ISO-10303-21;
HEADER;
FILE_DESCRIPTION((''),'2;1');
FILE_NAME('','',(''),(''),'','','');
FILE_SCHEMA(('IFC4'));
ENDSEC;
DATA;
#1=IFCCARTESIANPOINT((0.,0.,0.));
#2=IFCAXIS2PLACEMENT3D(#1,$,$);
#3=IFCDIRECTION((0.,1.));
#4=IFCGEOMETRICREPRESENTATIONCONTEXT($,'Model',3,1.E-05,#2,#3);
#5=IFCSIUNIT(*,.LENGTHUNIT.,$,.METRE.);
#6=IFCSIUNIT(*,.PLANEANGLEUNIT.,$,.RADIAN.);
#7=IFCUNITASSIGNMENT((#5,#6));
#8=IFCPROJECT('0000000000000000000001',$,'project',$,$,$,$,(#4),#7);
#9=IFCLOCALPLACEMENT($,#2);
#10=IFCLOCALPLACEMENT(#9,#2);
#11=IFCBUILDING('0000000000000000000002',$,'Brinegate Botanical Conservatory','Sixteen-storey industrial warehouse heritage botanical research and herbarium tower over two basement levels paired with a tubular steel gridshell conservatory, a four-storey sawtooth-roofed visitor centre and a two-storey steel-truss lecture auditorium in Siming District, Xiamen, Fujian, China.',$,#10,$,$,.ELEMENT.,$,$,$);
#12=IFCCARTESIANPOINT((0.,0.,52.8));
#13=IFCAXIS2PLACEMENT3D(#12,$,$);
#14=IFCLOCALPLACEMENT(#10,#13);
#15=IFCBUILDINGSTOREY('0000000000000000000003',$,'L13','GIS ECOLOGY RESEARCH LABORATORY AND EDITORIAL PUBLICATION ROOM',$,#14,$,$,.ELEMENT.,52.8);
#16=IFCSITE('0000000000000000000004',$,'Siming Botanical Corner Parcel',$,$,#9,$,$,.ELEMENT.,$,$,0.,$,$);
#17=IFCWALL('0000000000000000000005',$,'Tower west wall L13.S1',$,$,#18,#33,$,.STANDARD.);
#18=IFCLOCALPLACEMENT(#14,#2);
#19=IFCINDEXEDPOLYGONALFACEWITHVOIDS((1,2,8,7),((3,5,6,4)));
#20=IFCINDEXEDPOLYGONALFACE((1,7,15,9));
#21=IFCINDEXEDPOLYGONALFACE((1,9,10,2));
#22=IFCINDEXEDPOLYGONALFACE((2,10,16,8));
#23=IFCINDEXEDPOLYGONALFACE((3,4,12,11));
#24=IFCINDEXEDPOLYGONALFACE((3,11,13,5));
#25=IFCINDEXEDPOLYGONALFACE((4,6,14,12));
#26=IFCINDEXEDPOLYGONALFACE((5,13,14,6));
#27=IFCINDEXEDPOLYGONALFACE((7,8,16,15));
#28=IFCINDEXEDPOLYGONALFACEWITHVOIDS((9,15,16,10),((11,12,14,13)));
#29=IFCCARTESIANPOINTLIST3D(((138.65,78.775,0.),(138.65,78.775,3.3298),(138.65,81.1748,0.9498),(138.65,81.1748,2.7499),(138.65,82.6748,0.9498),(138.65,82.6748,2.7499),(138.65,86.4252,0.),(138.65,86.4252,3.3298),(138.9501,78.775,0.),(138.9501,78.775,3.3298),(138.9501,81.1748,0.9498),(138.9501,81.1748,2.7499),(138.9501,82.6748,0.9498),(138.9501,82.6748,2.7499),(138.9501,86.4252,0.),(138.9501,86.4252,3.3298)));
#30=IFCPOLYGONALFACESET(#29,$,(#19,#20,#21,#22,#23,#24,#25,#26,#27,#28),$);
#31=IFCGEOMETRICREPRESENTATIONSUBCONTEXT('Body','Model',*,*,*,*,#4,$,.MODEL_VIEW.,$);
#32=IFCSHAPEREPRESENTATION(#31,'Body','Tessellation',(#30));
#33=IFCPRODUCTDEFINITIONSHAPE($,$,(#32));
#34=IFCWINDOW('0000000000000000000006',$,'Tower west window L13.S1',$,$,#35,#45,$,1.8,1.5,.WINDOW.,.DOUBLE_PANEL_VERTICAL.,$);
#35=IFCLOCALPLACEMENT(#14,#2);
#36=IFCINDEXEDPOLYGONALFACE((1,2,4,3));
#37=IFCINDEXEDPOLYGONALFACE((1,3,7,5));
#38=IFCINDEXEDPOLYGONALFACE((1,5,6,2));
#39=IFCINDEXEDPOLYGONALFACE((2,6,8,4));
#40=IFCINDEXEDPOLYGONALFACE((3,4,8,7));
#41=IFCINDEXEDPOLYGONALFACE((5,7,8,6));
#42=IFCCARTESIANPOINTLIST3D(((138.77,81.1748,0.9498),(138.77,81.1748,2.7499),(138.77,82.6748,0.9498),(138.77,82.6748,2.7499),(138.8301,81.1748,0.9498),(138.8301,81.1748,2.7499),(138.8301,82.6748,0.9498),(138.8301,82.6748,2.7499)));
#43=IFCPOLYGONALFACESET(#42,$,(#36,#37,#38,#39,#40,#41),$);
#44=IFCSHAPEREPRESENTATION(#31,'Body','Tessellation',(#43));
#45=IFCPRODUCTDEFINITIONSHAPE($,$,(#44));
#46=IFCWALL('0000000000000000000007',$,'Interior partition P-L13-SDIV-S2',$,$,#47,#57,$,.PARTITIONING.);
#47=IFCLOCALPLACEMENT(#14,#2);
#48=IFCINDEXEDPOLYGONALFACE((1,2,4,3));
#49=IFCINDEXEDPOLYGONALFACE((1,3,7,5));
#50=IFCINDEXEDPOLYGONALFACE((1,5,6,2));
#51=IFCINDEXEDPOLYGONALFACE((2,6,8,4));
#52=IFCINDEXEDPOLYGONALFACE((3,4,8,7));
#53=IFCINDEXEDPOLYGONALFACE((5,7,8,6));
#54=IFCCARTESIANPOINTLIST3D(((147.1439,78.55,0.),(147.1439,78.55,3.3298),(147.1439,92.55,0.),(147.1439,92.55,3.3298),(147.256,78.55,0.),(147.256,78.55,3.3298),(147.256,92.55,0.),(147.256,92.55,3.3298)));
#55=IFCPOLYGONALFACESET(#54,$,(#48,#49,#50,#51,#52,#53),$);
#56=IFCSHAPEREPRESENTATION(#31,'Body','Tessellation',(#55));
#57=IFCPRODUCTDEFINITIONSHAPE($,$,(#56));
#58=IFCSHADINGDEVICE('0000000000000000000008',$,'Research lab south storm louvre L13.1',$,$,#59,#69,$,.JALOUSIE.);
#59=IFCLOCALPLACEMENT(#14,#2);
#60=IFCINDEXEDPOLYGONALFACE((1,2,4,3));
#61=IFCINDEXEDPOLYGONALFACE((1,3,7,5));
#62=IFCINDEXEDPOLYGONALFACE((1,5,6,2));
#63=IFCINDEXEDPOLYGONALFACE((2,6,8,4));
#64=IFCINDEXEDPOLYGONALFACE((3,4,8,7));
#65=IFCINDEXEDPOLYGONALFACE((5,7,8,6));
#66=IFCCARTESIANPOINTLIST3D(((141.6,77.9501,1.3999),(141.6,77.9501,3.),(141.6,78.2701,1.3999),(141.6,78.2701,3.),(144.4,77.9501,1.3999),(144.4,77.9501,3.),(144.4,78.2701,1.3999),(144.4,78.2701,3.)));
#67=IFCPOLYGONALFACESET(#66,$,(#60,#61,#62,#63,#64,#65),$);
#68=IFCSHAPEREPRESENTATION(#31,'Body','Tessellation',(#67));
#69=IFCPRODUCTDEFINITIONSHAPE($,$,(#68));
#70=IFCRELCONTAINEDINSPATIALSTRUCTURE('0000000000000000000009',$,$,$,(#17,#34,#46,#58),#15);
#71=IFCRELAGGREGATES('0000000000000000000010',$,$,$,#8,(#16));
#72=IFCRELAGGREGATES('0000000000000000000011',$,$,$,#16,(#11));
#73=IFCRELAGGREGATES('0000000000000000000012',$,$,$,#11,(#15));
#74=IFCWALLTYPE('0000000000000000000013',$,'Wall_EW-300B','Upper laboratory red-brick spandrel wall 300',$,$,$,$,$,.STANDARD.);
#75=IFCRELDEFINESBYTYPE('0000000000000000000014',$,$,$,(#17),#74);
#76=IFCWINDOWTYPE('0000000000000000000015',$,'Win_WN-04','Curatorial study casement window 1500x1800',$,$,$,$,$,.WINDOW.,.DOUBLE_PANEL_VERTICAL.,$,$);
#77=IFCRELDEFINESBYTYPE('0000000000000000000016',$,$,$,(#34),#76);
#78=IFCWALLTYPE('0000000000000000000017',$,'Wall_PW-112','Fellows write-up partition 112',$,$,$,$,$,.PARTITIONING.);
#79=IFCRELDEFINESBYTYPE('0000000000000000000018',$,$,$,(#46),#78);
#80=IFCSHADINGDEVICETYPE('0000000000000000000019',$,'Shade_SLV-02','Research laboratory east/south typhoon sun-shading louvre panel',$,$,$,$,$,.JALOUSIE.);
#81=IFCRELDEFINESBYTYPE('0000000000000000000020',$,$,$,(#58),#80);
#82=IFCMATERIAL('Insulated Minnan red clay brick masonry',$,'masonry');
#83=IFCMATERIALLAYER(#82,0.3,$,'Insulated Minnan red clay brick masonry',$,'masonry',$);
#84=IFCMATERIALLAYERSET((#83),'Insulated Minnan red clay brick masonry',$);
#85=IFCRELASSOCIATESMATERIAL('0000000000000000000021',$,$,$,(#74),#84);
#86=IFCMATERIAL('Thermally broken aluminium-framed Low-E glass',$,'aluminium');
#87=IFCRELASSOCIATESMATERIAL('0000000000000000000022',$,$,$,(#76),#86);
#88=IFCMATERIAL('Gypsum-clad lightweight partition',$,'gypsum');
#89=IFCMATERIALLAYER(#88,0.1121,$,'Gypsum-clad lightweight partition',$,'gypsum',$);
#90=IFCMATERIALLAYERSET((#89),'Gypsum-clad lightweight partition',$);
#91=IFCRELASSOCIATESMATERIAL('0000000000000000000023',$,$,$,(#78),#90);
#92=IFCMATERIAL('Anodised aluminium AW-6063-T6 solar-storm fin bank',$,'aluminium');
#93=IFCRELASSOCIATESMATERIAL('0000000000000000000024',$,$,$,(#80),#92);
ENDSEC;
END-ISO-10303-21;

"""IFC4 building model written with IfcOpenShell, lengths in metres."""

from ifc_helpers import new_model, si_unit, direction, frame, frame_2d, origin, origin_2d, place, context, subcontext, project, spatial, rectangle, extrude, material, layer, layer_set, type_object, element, fill, save


model = new_model("IFC4")

# Units and contexts
model_context = context("Model", 3, precision=1e-05, world=origin(), true_north=direction((0.0, 1.0)))
body_context = subcontext(model_context, "Body", "Model", "MODEL_VIEW")
ifc_project = project(units=[si_unit("LENGTHUNIT", "METRE"), si_unit("PLANEANGLEUNIT", "RADIAN")], contexts=[model_context])

# Site, building, storey
site_placement = place(None, origin())
site = spatial("IfcSite", under=ifc_project, at=site_placement, Name="Siming Botanical Corner Parcel", CompositionType="ELEMENT", RefElevation=0.0)
building_placement = place(site_placement, origin())
building = spatial("IfcBuilding", under=site, at=building_placement, Name="Brinegate Botanical Conservatory", Description="Sixteen-storey industrial warehouse heritage botanical research and herbarium tower over two basement levels paired with a tubular steel gridshell conservatory, a four-storey sawtooth-roofed visitor centre and a two-storey steel-truss lecture auditorium in Siming District, Xiamen, Fujian, China.", CompositionType="ELEMENT")
storey_placement = place(building_placement, frame((0.0, 0.0, 52.8)))
storey = spatial("IfcBuildingStorey", under=building, at=storey_placement, Name="L13", Description="GIS ECOLOGY RESEARCH LABORATORY AND EDITORIAL PUBLICATION ROOM", CompositionType="ELEMENT", Elevation=52.8)

# Wall, opening, window
ifc_material_1 = material(Name="Insulated Minnan red clay brick masonry", Category="masonry")
ifc_layer_1 = layer(ifc_material_1, 0.3, Name="Insulated Minnan red clay brick masonry", Category="masonry")
ifc_layer_set_1 = layer_set([ifc_layer_1], Name="Insulated Minnan red clay brick masonry")
wall_type_1 = type_object("IfcWallType", Name="Wall_EW-300B", Description="Upper laboratory red-brick spandrel wall 300", PredefinedType="STANDARD", material=ifc_layer_set_1)
ifc_material_2 = material(Name="Thermally broken aluminium-framed Low-E glass", Category="aluminium")
wall_1_placement = place(storey_placement, frame((138.8, 78.7749, 0.0), z_axis=(0.0, 0.0, 1.0), x_axis=(0.0, 1.0, 0.0)))
wall_1 = element("IfcWall", 1, at=wall_1_placement, inside=storey, type_object=wall_type_1, Name="Tower west wall L13.S1", PredefinedType="STANDARD", context=body_context, shape_type="SweptSolid", body=[
    extrude(rectangle(XDim=7.6501, YDim=0.3, at=frame_2d((3.8252, 0.0))), origin(), (0.0, 0.0, 1.0), 3.3298),
])
opening_1_placement = place(wall_1_placement, frame((2.3999, 0.0, 0.95)))
opening_1 = element("IfcOpeningElement", 2, at=opening_1_placement, cuts=wall_1, PredefinedType="OPENING", context=body_context, shape_type="SweptSolid", body=[
    extrude(rectangle(XDim=1.5, YDim=1.8, at=frame_2d((0.75, 0.8999))), frame((0.0, 0.1599, 0.0), z_axis=(0.0, -1.0, 0.0), x_axis=(1.0, 0.0, 0.0)), (0.0, 0.0, 1.0), 0.3201),
])
window_type_1 = type_object("IfcWindowType", Name="Win_WN-04", Description="Curatorial study casement window 1500x1800", PartitioningType="DOUBLE_PANEL_VERTICAL", PredefinedType="WINDOW", material=ifc_material_2)
window_1_placement = place(opening_1_placement, origin())
window_1 = element("IfcWindow", 3, at=window_1_placement, inside=storey, type_object=window_type_1, Name="Tower west window L13.S1", OverallHeight=1.8, OverallWidth=1.5, PartitioningType="DOUBLE_PANEL_VERTICAL", PredefinedType="WINDOW", context=body_context, shape_type="SweptSolid", body=[
    extrude(rectangle(XDim=1.5, YDim=1.8, at=frame_2d((0.75, 0.8999))), frame((0.0, 0.03, 0.0), z_axis=(0.0, -1.0, 0.0), x_axis=(1.0, 0.0, 0.0)), (0.0, 0.0, 1.0), 0.0601),
])
fill(opening_1, window_1)

# Wall
ifc_material_3 = material(Name="Gypsum-clad lightweight partition", Category="gypsum")
ifc_layer_2 = layer(ifc_material_3, 0.1121, Name="Gypsum-clad lightweight partition", Category="gypsum")
ifc_layer_set_2 = layer_set([ifc_layer_2], Name="Gypsum-clad lightweight partition")
wall_type_2 = type_object("IfcWallType", Name="Wall_PW-112", Description="Fellows write-up partition 112", PredefinedType="PARTITIONING", material=ifc_layer_set_2)
wall_2_placement = place(storey_placement, frame((147.2, 78.55, 0.0), z_axis=(0.0, 0.0, 1.0), x_axis=(0.0, 1.0, 0.0)))
element("IfcWall", 4, at=wall_2_placement, inside=storey, type_object=wall_type_2, Name="Interior partition P-L13-SDIV-S2", PredefinedType="PARTITIONING", context=body_context, shape_type="SweptSolid", body=[
    extrude(rectangle(XDim=14.0, YDim=0.1121, at=frame_2d((7.0, 0.0))), origin(), (0.0, 0.0, 1.0), 3.3298),
])

# Shading device
ifc_material_4 = material(Name="Anodised aluminium AW-6063-T6 solar-storm fin bank", Category="aluminium")
shading_device_type = type_object("IfcShadingDeviceType", Name="Shade_SLV-02", Description="Research laboratory east/south typhoon sun-shading louvre panel", PredefinedType="JALOUSIE", material=ifc_material_4)
shading_device_placement = place(storey_placement, frame((143.0, 78.1101, 1.3999), z_axis=(0.0, 0.0, 1.0), x_axis=(1.0, 0.0, 0.0)))
element("IfcShadingDevice", 5, at=shading_device_placement, inside=storey, type_object=shading_device_type, Name="Research lab south storm louvre L13.1", PredefinedType="JALOUSIE", context=body_context, shape_type="SweptSolid", body=[
    extrude(rectangle(XDim=2.8, YDim=0.3201, at=origin_2d()), origin(), (0.0, 0.0, 1.0), 1.6001),
])

save(model, "model.ifc")
